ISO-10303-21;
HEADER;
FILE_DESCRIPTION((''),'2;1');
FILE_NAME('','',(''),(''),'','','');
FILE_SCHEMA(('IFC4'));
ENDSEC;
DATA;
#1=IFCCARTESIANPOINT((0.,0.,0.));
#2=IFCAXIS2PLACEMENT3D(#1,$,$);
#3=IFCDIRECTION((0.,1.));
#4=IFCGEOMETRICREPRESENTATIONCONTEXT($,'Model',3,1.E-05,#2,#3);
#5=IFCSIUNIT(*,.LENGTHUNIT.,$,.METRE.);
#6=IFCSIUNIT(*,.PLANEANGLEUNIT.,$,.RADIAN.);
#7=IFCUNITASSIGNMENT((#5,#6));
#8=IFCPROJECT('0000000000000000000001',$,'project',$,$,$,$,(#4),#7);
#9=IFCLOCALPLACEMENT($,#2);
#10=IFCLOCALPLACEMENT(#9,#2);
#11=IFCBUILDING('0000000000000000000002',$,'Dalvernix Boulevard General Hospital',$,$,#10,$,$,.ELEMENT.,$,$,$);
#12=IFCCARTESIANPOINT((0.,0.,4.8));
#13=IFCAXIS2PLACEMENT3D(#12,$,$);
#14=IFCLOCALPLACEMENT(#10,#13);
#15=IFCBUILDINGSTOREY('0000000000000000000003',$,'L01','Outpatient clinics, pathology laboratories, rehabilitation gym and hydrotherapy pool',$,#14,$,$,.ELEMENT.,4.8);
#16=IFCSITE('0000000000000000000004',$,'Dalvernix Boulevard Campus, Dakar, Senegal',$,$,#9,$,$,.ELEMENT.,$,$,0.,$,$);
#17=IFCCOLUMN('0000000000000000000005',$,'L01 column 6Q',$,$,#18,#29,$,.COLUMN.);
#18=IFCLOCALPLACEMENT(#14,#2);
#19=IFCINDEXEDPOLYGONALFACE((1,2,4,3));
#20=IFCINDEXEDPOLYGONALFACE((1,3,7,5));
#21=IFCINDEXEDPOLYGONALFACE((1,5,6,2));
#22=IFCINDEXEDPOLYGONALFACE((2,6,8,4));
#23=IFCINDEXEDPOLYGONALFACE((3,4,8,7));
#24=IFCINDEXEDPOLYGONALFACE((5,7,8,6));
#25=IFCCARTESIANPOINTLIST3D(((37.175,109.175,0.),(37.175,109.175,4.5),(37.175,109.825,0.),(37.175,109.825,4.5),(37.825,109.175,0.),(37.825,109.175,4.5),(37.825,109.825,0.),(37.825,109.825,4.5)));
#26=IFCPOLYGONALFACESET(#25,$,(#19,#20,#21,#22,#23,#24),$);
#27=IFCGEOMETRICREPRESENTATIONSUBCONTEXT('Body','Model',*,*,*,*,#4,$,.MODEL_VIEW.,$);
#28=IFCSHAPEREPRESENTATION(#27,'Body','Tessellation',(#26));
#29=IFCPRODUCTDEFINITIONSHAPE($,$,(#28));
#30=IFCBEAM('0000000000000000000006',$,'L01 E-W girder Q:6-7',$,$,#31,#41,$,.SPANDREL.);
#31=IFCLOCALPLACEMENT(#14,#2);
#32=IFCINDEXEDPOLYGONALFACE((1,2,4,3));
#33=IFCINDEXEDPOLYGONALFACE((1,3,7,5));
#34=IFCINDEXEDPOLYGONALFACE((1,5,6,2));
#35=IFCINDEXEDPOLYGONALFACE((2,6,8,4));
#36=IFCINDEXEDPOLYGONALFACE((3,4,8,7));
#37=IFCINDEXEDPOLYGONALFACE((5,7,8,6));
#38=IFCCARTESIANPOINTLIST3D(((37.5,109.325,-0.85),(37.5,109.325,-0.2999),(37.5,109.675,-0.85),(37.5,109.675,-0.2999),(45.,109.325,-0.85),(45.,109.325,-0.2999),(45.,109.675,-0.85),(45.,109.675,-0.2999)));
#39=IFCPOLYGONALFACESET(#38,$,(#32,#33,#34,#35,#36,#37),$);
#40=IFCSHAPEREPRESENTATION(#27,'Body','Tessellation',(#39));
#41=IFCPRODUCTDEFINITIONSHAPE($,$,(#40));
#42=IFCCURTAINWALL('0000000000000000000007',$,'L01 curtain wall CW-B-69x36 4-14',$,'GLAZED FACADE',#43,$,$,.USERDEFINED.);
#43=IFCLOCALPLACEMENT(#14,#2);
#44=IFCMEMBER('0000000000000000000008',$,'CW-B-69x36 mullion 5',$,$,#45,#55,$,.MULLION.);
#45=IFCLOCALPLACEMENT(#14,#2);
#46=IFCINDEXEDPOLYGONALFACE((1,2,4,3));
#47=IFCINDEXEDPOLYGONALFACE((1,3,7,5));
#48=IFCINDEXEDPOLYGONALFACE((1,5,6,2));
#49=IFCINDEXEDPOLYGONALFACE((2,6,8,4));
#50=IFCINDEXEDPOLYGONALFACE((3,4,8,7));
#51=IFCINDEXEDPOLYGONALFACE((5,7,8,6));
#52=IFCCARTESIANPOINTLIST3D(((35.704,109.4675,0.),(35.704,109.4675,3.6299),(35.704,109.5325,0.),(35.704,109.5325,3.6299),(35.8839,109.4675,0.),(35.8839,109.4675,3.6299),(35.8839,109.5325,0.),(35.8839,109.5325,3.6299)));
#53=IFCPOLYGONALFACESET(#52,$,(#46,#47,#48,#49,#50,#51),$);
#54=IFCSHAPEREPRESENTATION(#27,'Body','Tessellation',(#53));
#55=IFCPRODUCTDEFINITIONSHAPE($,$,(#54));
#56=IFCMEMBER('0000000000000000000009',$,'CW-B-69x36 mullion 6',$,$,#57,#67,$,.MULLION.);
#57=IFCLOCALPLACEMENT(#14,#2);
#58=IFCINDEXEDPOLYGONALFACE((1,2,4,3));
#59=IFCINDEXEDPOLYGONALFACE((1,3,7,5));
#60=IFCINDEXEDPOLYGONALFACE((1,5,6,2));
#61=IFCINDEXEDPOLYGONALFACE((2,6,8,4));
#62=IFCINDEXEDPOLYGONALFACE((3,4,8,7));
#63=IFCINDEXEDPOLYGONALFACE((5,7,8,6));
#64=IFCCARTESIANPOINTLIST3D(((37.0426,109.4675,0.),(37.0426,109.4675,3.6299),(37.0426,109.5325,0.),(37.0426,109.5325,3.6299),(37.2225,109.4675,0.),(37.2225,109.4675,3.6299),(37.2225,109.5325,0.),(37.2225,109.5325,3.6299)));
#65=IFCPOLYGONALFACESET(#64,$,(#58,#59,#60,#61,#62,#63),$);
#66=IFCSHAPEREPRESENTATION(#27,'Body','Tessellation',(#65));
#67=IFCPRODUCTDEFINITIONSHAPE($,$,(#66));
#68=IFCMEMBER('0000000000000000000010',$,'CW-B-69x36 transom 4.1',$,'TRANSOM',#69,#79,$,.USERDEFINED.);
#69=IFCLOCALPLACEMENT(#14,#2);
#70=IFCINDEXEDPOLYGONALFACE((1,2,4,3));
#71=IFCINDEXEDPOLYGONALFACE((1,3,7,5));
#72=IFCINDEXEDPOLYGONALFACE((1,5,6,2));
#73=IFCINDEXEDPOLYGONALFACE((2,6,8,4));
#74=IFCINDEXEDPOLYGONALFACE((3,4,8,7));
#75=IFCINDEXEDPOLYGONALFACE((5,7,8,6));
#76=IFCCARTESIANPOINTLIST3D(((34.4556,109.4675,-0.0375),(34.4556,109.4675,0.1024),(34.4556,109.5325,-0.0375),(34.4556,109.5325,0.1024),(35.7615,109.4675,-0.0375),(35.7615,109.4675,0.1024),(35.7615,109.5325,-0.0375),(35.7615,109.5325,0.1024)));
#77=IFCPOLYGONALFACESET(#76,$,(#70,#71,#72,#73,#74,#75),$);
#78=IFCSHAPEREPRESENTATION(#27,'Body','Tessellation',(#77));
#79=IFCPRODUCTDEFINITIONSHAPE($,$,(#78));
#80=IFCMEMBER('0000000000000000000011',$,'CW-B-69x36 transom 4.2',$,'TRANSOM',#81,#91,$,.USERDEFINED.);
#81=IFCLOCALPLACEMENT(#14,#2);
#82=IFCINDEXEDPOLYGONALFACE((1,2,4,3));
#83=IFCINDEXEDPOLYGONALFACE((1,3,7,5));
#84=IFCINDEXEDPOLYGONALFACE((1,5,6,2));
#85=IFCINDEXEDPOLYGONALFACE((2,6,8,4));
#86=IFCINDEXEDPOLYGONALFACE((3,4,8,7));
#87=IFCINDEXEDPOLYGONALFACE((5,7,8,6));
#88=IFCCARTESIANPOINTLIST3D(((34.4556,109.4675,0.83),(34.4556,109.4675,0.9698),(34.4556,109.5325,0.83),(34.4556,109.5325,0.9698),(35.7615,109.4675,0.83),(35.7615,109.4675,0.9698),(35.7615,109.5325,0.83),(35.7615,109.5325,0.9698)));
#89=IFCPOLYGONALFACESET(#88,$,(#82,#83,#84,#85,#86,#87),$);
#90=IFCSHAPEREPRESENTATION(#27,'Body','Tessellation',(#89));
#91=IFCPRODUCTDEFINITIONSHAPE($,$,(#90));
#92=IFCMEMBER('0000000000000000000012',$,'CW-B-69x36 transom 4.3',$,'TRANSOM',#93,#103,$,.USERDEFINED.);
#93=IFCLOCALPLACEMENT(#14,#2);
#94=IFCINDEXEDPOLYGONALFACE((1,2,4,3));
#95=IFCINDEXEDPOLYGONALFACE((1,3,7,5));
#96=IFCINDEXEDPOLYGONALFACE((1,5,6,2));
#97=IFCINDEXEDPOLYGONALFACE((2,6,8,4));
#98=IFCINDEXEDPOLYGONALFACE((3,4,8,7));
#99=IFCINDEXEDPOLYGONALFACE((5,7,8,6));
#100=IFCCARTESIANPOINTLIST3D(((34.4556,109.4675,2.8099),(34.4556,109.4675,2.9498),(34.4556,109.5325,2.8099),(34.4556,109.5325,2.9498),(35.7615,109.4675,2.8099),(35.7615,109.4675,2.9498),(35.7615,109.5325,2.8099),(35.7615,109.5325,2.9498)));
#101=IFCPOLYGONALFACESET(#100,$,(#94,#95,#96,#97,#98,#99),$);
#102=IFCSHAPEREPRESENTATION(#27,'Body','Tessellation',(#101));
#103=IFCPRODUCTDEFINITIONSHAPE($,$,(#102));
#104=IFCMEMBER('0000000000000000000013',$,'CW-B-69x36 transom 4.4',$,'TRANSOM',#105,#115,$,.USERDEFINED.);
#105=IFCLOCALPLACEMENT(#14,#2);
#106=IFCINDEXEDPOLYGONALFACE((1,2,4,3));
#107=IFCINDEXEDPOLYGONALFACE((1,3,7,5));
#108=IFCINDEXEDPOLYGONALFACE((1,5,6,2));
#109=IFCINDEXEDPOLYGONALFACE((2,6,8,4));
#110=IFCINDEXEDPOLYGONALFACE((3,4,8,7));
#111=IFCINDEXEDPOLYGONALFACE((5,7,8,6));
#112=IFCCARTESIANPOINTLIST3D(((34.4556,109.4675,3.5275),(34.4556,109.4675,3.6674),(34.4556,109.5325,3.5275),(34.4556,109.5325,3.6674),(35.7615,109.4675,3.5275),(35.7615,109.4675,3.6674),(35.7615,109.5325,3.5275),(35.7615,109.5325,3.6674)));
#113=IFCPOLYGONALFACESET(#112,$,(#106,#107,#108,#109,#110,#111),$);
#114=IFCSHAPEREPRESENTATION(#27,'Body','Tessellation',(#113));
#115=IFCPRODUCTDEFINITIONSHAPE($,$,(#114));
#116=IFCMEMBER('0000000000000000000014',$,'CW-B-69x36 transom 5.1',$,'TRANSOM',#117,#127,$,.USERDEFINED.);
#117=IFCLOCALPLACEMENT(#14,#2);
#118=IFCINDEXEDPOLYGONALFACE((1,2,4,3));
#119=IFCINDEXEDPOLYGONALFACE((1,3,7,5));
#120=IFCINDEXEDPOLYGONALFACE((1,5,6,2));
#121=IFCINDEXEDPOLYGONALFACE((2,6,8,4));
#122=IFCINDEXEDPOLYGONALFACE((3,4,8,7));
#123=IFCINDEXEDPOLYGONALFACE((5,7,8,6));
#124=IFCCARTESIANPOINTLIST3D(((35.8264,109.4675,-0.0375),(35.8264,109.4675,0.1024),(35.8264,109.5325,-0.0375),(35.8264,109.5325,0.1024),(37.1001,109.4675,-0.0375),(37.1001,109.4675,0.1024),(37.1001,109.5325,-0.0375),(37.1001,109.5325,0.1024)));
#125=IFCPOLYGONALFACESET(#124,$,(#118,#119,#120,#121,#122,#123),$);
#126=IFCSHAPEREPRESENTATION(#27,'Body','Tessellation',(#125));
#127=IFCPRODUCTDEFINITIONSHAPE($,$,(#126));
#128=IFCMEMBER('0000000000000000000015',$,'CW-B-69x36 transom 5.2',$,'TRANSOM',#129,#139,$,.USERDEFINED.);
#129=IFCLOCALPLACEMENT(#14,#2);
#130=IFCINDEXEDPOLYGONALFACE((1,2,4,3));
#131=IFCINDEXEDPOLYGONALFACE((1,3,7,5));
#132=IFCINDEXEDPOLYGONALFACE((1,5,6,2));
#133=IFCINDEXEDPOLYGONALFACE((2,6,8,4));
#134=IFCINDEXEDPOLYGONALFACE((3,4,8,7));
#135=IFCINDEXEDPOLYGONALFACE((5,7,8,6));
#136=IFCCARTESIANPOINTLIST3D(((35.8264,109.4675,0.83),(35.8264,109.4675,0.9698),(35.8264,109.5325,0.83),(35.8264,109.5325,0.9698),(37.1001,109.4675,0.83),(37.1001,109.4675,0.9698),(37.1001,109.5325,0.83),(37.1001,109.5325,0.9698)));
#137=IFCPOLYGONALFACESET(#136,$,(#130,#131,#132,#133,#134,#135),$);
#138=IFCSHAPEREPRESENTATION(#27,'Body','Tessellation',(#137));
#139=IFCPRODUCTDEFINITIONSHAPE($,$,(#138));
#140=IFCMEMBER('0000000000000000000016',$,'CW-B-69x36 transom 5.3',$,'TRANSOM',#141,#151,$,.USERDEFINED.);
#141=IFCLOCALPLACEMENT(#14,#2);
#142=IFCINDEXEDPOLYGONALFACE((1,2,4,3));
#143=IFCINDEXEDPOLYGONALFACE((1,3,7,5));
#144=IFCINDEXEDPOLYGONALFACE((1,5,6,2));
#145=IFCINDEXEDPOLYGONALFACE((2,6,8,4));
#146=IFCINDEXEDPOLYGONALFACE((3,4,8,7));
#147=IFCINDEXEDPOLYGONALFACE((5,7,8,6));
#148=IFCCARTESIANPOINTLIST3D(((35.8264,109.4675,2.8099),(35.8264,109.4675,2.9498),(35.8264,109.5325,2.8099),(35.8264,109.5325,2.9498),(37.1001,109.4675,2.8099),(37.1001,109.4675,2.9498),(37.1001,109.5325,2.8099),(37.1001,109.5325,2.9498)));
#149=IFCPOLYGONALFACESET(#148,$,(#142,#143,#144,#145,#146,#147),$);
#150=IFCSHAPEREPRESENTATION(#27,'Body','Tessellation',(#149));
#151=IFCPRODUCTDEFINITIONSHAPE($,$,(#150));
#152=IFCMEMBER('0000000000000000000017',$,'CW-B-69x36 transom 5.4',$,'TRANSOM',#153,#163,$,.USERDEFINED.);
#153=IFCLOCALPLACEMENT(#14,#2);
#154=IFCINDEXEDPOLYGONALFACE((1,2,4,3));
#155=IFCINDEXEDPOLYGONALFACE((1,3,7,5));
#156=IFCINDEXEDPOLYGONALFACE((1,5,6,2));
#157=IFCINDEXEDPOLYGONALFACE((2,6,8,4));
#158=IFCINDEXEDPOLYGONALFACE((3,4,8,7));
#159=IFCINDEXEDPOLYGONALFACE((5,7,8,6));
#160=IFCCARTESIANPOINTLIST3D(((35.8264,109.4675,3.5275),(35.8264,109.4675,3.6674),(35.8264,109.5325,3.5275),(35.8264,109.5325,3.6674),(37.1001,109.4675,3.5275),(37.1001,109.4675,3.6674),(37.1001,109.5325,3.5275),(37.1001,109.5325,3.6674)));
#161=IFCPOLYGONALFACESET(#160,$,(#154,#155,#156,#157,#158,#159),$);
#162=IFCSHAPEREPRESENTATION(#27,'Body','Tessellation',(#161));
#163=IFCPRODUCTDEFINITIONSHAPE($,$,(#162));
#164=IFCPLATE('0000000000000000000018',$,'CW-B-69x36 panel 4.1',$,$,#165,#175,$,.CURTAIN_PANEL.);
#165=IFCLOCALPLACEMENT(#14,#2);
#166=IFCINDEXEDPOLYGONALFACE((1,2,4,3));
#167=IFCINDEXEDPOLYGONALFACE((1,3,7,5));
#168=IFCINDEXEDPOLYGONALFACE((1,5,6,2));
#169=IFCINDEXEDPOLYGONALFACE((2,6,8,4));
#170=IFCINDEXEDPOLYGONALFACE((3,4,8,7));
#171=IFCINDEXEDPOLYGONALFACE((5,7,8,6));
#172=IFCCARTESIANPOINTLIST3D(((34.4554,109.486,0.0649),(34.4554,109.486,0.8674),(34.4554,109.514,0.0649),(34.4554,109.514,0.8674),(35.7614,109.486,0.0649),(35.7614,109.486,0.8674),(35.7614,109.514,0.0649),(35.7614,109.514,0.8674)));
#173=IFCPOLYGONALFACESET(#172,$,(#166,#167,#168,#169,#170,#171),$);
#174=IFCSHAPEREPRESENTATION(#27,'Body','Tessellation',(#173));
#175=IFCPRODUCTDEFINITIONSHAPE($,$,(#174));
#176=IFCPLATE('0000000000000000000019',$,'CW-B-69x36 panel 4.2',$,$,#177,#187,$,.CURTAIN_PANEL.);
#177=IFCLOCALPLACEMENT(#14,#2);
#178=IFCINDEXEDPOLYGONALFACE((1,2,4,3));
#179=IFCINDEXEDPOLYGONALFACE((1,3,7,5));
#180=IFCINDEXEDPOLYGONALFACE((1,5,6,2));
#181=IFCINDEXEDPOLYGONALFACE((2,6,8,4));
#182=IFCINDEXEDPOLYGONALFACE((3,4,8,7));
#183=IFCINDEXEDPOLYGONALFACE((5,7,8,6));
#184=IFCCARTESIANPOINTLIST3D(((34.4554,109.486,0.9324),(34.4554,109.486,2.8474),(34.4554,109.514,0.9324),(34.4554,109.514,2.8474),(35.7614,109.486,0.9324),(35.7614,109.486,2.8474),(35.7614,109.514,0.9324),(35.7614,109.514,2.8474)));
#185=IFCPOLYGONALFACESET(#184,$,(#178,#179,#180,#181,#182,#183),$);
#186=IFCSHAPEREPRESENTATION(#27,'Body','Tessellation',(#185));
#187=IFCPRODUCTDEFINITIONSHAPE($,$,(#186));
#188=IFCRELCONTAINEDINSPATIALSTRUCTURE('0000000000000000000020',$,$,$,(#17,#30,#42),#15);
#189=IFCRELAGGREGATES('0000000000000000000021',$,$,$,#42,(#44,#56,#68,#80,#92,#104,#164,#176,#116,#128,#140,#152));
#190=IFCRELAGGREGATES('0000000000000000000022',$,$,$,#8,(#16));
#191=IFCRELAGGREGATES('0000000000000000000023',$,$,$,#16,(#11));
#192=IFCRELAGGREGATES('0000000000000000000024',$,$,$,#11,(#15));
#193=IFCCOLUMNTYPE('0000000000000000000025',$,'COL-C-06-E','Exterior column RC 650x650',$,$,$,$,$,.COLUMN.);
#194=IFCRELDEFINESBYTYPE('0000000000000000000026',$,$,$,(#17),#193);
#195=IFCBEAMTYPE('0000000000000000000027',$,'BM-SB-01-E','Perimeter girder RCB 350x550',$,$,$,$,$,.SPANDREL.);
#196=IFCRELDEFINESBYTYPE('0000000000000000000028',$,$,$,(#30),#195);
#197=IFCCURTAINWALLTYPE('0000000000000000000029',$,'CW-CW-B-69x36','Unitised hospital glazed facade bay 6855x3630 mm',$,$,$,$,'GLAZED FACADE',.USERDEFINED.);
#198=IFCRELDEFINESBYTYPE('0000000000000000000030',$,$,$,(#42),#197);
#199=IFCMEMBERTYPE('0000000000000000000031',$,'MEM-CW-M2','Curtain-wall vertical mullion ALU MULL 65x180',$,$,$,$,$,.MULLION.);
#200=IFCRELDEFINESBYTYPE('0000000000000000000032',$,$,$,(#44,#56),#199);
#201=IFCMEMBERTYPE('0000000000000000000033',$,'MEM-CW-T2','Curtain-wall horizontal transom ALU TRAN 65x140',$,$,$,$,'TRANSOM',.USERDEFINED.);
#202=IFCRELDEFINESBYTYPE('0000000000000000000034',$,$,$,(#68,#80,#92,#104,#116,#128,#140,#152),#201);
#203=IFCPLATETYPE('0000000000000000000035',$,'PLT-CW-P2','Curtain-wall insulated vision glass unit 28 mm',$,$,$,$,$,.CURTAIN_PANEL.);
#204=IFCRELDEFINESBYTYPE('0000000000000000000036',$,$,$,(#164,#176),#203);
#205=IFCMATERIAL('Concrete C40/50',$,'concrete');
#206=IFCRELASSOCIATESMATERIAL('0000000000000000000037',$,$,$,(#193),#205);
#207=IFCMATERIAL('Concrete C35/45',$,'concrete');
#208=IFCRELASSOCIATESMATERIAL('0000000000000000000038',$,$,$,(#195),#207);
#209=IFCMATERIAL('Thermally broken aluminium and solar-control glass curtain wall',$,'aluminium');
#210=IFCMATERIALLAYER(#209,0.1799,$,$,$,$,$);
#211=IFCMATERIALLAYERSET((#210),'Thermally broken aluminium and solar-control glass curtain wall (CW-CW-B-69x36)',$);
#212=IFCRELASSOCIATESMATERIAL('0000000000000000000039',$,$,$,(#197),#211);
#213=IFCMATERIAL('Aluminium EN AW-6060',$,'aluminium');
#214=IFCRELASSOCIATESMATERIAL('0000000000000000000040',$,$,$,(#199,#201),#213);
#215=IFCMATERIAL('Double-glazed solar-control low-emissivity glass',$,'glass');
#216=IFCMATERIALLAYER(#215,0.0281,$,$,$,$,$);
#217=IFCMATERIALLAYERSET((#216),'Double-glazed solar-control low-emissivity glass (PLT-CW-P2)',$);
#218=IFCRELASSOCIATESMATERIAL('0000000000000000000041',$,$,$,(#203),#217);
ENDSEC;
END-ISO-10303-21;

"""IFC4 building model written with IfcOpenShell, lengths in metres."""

from ifc_helpers import new_model, si_unit, direction, frame, origin, origin_2d, place, context, subcontext, project, spatial, rectangle, extrude, material, layer, layer_set, material_profile, profile_set, type_object, element, aggregate, save


model = new_model("IFC4")

# Units and contexts
model_context = context("Model", 3, precision=1e-05, world=origin(), true_north=direction((0.0, 1.0)))
body_context = subcontext(model_context, "Body", "Model", "MODEL_VIEW")
ifc_project = project(units=[si_unit("LENGTHUNIT", "METRE"), si_unit("PLANEANGLEUNIT", "RADIAN")], contexts=[model_context])

# Site, building, storey
site_placement = place(None, origin())
site = spatial("IfcSite", under=ifc_project, at=site_placement, Name="Dalvernix Boulevard Campus, Dakar, Senegal", CompositionType="ELEMENT", RefElevation=0.0)
building_placement = place(site_placement, origin())
building = spatial("IfcBuilding", under=site, at=building_placement, Name="Dalvernix Boulevard General Hospital", CompositionType="ELEMENT")
storey_placement = place(building_placement, frame((0.0, 0.0, 4.8)))
storey = spatial("IfcBuildingStorey", under=building, at=storey_placement, Name="L01", Description="Outpatient clinics, pathology laboratories, rehabilitation gym and hydrotherapy pool", CompositionType="ELEMENT", Elevation=4.8)

# Column
ifc_material_1 = material(Name="Concrete C40/50", Category="concrete")
ifc_material_profile_1 = material_profile(ifc_material_1, rectangle(XDim=0.6499, YDim=0.6499, at=origin_2d()), Name="RC 650x650")
ifc_profile_set_1 = profile_set([ifc_material_profile_1], Name="Concrete C40/50")
column_type = type_object("IfcColumnType", Name="COL-C-06-E", Description="Exterior column RC 650x650", PredefinedType="COLUMN", material=ifc_profile_set_1)
column_placement = place(storey_placement, frame((37.5, 109.5, 0.0), z_axis=(0.0, 0.0, 1.0), x_axis=(1.0, 0.0, 0.0)))
element("IfcColumn", 1, at=column_placement, inside=storey, type_object=column_type, Name="L01 column 6Q", PredefinedType="COLUMN", context=body_context, shape_type="SweptSolid", body=[
    extrude(rectangle(XDim=0.6499, YDim=0.6499, at=origin_2d()), origin(), (0.0, 0.0, 1.0), 4.5),
])

# Beam
ifc_material_2 = material(Name="Concrete C35/45", Category="concrete")
ifc_material_profile_2 = material_profile(ifc_material_2, rectangle(XDim=0.3501, YDim=0.55, at=origin_2d()), Name="RCB 350x550")
ifc_profile_set_2 = profile_set([ifc_material_profile_2], Name="Concrete C35/45")
beam_type = type_object("IfcBeamType", Name="BM-SB-01-E", Description="Perimeter girder RCB 350x550", PredefinedType="SPANDREL", material=ifc_profile_set_2)
beam_placement = place(storey_placement, frame((37.5, 109.5, -0.575), z_axis=(1.0, 0.0, 0.0), x_axis=(0.0, 1.0, 0.0)))
element("IfcBeam", 2, at=beam_placement, inside=storey, type_object=beam_type, Name="L01 E-W girder Q:6-7", PredefinedType="SPANDREL", context=body_context, shape_type="SweptSolid", body=[
    extrude(rectangle(XDim=0.3501, YDim=0.55, at=origin_2d()), origin(), (0.0, 0.0, 1.0), 7.5),
])

# Curtain wall, members, plates
ifc_material_3 = material(Name="Thermally broken aluminium and solar-control glass curtain wall", Category="aluminium")
ifc_layer_1 = layer(ifc_material_3, 0.1799)
ifc_layer_set_1 = layer_set([ifc_layer_1], Name="Thermally broken aluminium and solar-control glass curtain wall (CW-CW-B-69x36)")
curtain_wall_type = type_object("IfcCurtainWallType", Name="CW-CW-B-69x36", Description="Unitised hospital glazed facade bay 6855x3630 mm", ElementType="GLAZED FACADE", PredefinedType="USERDEFINED", material=ifc_layer_set_1)
curtain_wall_placement = place(storey_placement, origin())
curtain_wall = element("IfcCurtainWall", 3, at=curtain_wall_placement, inside=storey, type_object=curtain_wall_type, Name="L01 curtain wall CW-B-69x36 4-14", ObjectType="GLAZED FACADE", PredefinedType="USERDEFINED")
ifc_material_4 = material(Name="Aluminium EN AW-6060", Category="aluminium")
ifc_material_profile_3 = material_profile(ifc_material_4, rectangle(XDim=0.0649, YDim=0.1799, at=origin_2d()), Name="ALU MULL 65x180")
ifc_profile_set_3 = profile_set([ifc_material_profile_3], Name="Aluminium EN AW-6060")
member_type_1 = type_object("IfcMemberType", Name="MEM-CW-M2", Description="Curtain-wall vertical mullion ALU MULL 65x180", PredefinedType="MULLION", material=ifc_profile_set_3)
member_1_placement = place(storey_placement, frame((35.7939, 109.5, 0.0), z_axis=(0.0, 0.0, 1.0), x_axis=(0.0, 1.0, 0.0)))
member_1 = element("IfcMember", 4, at=member_1_placement, type_object=member_type_1, Name="CW-B-69x36 mullion 5", PredefinedType="MULLION", context=body_context, shape_type="SweptSolid", body=[
    extrude(rectangle(XDim=0.0649, YDim=0.1799, at=origin_2d()), origin(), (0.0, 0.0, 1.0), 3.6299),
])
member_2_placement = place(storey_placement, frame((37.1326, 109.5, 0.0), z_axis=(0.0, 0.0, 1.0), x_axis=(0.0, 1.0, 0.0)))
member_2 = element("IfcMember", 5, at=member_2_placement, type_object=member_type_1, Name="CW-B-69x36 mullion 6", PredefinedType="MULLION", context=body_context, shape_type="SweptSolid", body=[
    extrude(rectangle(XDim=0.0649, YDim=0.1799, at=origin_2d()), origin(), (0.0, 0.0, 1.0), 3.6299),
])
ifc_material_profile_4 = material_profile(ifc_material_4, rectangle(XDim=0.0649, YDim=0.1399, at=origin_2d()), Name="ALU TRAN 65x140")
ifc_profile_set_4 = profile_set([ifc_material_profile_4], Name="Aluminium EN AW-6060")
member_type_2 = type_object("IfcMemberType", Name="MEM-CW-T2", Description="Curtain-wall horizontal transom ALU TRAN 65x140", ElementType="TRANSOM", PredefinedType="USERDEFINED", material=ifc_profile_set_4)
member_3_placement = place(storey_placement, frame((34.4556, 109.5, 0.0325), z_axis=(1.0, 0.0, 0.0), x_axis=(0.0, 1.0, 0.0)))
member_3 = element("IfcMember", 6, at=member_3_placement, type_object=member_type_2, Name="CW-B-69x36 transom 4.1", ObjectType="TRANSOM", PredefinedType="USERDEFINED", context=body_context, shape_type="SweptSolid", body=[
    extrude(rectangle(XDim=0.0649, YDim=0.1399, at=origin_2d()), origin(), (0.0, 0.0, 1.0), 1.3059),
])
member_4_placement = place(storey_placement, frame((34.4556, 109.5, 0.8999), z_axis=(1.0, 0.0, 0.0), x_axis=(0.0, 1.0, 0.0)))
member_4 = element("IfcMember", 7, at=member_4_placement, type_object=member_type_2, Name="CW-B-69x36 transom 4.2", ObjectType="TRANSOM", PredefinedType="USERDEFINED", context=body_context, shape_type="SweptSolid", body=[
    extrude(rectangle(XDim=0.0649, YDim=0.1399, at=origin_2d()), origin(), (0.0, 0.0, 1.0), 1.3059),
])
member_5_placement = place(storey_placement, frame((34.4556, 109.5, 2.8799), z_axis=(1.0, 0.0, 0.0), x_axis=(0.0, 1.0, 0.0)))
member_5 = element("IfcMember", 8, at=member_5_placement, type_object=member_type_2, Name="CW-B-69x36 transom 4.3", ObjectType="TRANSOM", PredefinedType="USERDEFINED", context=body_context, shape_type="SweptSolid", body=[
    extrude(rectangle(XDim=0.0649, YDim=0.1399, at=origin_2d()), origin(), (0.0, 0.0, 1.0), 1.3059),
])
member_6_placement = place(storey_placement, frame((34.4556, 109.5, 3.5974), z_axis=(1.0, 0.0, 0.0), x_axis=(0.0, 1.0, 0.0)))
member_6 = element("IfcMember", 9, at=member_6_placement, type_object=member_type_2, Name="CW-B-69x36 transom 4.4", ObjectType="TRANSOM", PredefinedType="USERDEFINED", context=body_context, shape_type="SweptSolid", body=[
    extrude(rectangle(XDim=0.0649, YDim=0.1399, at=origin_2d()), origin(), (0.0, 0.0, 1.0), 1.3059),
])
member_7_placement = place(storey_placement, frame((35.8264, 109.5, 0.0325), z_axis=(1.0, 0.0, 0.0), x_axis=(0.0, 1.0, 0.0)))
member_7 = element("IfcMember", 10, at=member_7_placement, type_object=member_type_2, Name="CW-B-69x36 transom 5.1", ObjectType="TRANSOM", PredefinedType="USERDEFINED", context=body_context, shape_type="SweptSolid", body=[
    extrude(rectangle(XDim=0.0649, YDim=0.1399, at=origin_2d()), origin(), (0.0, 0.0, 1.0), 1.2737),
])
member_8_placement = place(storey_placement, frame((35.8264, 109.5, 0.8999), z_axis=(1.0, 0.0, 0.0), x_axis=(0.0, 1.0, 0.0)))
member_8 = element("IfcMember", 11, at=member_8_placement, type_object=member_type_2, Name="CW-B-69x36 transom 5.2", ObjectType="TRANSOM", PredefinedType="USERDEFINED", context=body_context, shape_type="SweptSolid", body=[
    extrude(rectangle(XDim=0.0649, YDim=0.1399, at=origin_2d()), origin(), (0.0, 0.0, 1.0), 1.2737),
])
member_9_placement = place(storey_placement, frame((35.8264, 109.5, 2.8799), z_axis=(1.0, 0.0, 0.0), x_axis=(0.0, 1.0, 0.0)))
member_9 = element("IfcMember", 12, at=member_9_placement, type_object=member_type_2, Name="CW-B-69x36 transom 5.3", ObjectType="TRANSOM", PredefinedType="USERDEFINED", context=body_context, shape_type="SweptSolid", body=[
    extrude(rectangle(XDim=0.0649, YDim=0.1399, at=origin_2d()), origin(), (0.0, 0.0, 1.0), 1.2737),
])
member_10_placement = place(storey_placement, frame((35.8264, 109.5, 3.5974), z_axis=(1.0, 0.0, 0.0), x_axis=(0.0, 1.0, 0.0)))
member_10 = element("IfcMember", 13, at=member_10_placement, type_object=member_type_2, Name="CW-B-69x36 transom 5.4", ObjectType="TRANSOM", PredefinedType="USERDEFINED", context=body_context, shape_type="SweptSolid", body=[
    extrude(rectangle(XDim=0.0649, YDim=0.1399, at=origin_2d()), origin(), (0.0, 0.0, 1.0), 1.2737),
])
ifc_material_5 = material(Name="Double-glazed solar-control low-emissivity glass", Category="glass")
ifc_layer_2 = layer(ifc_material_5, 0.0281)
ifc_layer_set_2 = layer_set([ifc_layer_2], Name="Double-glazed solar-control low-emissivity glass (PLT-CW-P2)")
plate_type = type_object("IfcPlateType", Name="PLT-CW-P2", Description="Curtain-wall insulated vision glass unit 28 mm", PredefinedType="CURTAIN_PANEL", material=ifc_layer_set_2)
plate_1_placement = place(storey_placement, frame((35.1084, 109.5, 0.0649), z_axis=(0.0, 0.0, 1.0), x_axis=(1.0, 0.0, 0.0)))
plate_1 = element("IfcPlate", 14, at=plate_1_placement, type_object=plate_type, Name="CW-B-69x36 panel 4.1", PredefinedType="CURTAIN_PANEL", context=body_context, shape_type="SweptSolid", body=[
    extrude(rectangle(XDim=1.3059, YDim=0.0281, at=origin_2d()), origin(), (0.0, 0.0, 1.0), 0.8025),
])
plate_2_placement = place(storey_placement, frame((35.1084, 109.5, 0.9324), z_axis=(0.0, 0.0, 1.0), x_axis=(1.0, 0.0, 0.0)))
plate_2 = element("IfcPlate", 15, at=plate_2_placement, type_object=plate_type, Name="CW-B-69x36 panel 4.2", PredefinedType="CURTAIN_PANEL", context=body_context, shape_type="SweptSolid", body=[
    extrude(rectangle(XDim=1.3059, YDim=0.0281, at=origin_2d()), origin(), (0.0, 0.0, 1.0), 1.915),
])
aggregate(curtain_wall, [member_1, member_2, member_3, member_4, member_5, member_6, plate_1, plate_2, member_7, member_8, member_9, member_10])

save(model, "model.ifc")
